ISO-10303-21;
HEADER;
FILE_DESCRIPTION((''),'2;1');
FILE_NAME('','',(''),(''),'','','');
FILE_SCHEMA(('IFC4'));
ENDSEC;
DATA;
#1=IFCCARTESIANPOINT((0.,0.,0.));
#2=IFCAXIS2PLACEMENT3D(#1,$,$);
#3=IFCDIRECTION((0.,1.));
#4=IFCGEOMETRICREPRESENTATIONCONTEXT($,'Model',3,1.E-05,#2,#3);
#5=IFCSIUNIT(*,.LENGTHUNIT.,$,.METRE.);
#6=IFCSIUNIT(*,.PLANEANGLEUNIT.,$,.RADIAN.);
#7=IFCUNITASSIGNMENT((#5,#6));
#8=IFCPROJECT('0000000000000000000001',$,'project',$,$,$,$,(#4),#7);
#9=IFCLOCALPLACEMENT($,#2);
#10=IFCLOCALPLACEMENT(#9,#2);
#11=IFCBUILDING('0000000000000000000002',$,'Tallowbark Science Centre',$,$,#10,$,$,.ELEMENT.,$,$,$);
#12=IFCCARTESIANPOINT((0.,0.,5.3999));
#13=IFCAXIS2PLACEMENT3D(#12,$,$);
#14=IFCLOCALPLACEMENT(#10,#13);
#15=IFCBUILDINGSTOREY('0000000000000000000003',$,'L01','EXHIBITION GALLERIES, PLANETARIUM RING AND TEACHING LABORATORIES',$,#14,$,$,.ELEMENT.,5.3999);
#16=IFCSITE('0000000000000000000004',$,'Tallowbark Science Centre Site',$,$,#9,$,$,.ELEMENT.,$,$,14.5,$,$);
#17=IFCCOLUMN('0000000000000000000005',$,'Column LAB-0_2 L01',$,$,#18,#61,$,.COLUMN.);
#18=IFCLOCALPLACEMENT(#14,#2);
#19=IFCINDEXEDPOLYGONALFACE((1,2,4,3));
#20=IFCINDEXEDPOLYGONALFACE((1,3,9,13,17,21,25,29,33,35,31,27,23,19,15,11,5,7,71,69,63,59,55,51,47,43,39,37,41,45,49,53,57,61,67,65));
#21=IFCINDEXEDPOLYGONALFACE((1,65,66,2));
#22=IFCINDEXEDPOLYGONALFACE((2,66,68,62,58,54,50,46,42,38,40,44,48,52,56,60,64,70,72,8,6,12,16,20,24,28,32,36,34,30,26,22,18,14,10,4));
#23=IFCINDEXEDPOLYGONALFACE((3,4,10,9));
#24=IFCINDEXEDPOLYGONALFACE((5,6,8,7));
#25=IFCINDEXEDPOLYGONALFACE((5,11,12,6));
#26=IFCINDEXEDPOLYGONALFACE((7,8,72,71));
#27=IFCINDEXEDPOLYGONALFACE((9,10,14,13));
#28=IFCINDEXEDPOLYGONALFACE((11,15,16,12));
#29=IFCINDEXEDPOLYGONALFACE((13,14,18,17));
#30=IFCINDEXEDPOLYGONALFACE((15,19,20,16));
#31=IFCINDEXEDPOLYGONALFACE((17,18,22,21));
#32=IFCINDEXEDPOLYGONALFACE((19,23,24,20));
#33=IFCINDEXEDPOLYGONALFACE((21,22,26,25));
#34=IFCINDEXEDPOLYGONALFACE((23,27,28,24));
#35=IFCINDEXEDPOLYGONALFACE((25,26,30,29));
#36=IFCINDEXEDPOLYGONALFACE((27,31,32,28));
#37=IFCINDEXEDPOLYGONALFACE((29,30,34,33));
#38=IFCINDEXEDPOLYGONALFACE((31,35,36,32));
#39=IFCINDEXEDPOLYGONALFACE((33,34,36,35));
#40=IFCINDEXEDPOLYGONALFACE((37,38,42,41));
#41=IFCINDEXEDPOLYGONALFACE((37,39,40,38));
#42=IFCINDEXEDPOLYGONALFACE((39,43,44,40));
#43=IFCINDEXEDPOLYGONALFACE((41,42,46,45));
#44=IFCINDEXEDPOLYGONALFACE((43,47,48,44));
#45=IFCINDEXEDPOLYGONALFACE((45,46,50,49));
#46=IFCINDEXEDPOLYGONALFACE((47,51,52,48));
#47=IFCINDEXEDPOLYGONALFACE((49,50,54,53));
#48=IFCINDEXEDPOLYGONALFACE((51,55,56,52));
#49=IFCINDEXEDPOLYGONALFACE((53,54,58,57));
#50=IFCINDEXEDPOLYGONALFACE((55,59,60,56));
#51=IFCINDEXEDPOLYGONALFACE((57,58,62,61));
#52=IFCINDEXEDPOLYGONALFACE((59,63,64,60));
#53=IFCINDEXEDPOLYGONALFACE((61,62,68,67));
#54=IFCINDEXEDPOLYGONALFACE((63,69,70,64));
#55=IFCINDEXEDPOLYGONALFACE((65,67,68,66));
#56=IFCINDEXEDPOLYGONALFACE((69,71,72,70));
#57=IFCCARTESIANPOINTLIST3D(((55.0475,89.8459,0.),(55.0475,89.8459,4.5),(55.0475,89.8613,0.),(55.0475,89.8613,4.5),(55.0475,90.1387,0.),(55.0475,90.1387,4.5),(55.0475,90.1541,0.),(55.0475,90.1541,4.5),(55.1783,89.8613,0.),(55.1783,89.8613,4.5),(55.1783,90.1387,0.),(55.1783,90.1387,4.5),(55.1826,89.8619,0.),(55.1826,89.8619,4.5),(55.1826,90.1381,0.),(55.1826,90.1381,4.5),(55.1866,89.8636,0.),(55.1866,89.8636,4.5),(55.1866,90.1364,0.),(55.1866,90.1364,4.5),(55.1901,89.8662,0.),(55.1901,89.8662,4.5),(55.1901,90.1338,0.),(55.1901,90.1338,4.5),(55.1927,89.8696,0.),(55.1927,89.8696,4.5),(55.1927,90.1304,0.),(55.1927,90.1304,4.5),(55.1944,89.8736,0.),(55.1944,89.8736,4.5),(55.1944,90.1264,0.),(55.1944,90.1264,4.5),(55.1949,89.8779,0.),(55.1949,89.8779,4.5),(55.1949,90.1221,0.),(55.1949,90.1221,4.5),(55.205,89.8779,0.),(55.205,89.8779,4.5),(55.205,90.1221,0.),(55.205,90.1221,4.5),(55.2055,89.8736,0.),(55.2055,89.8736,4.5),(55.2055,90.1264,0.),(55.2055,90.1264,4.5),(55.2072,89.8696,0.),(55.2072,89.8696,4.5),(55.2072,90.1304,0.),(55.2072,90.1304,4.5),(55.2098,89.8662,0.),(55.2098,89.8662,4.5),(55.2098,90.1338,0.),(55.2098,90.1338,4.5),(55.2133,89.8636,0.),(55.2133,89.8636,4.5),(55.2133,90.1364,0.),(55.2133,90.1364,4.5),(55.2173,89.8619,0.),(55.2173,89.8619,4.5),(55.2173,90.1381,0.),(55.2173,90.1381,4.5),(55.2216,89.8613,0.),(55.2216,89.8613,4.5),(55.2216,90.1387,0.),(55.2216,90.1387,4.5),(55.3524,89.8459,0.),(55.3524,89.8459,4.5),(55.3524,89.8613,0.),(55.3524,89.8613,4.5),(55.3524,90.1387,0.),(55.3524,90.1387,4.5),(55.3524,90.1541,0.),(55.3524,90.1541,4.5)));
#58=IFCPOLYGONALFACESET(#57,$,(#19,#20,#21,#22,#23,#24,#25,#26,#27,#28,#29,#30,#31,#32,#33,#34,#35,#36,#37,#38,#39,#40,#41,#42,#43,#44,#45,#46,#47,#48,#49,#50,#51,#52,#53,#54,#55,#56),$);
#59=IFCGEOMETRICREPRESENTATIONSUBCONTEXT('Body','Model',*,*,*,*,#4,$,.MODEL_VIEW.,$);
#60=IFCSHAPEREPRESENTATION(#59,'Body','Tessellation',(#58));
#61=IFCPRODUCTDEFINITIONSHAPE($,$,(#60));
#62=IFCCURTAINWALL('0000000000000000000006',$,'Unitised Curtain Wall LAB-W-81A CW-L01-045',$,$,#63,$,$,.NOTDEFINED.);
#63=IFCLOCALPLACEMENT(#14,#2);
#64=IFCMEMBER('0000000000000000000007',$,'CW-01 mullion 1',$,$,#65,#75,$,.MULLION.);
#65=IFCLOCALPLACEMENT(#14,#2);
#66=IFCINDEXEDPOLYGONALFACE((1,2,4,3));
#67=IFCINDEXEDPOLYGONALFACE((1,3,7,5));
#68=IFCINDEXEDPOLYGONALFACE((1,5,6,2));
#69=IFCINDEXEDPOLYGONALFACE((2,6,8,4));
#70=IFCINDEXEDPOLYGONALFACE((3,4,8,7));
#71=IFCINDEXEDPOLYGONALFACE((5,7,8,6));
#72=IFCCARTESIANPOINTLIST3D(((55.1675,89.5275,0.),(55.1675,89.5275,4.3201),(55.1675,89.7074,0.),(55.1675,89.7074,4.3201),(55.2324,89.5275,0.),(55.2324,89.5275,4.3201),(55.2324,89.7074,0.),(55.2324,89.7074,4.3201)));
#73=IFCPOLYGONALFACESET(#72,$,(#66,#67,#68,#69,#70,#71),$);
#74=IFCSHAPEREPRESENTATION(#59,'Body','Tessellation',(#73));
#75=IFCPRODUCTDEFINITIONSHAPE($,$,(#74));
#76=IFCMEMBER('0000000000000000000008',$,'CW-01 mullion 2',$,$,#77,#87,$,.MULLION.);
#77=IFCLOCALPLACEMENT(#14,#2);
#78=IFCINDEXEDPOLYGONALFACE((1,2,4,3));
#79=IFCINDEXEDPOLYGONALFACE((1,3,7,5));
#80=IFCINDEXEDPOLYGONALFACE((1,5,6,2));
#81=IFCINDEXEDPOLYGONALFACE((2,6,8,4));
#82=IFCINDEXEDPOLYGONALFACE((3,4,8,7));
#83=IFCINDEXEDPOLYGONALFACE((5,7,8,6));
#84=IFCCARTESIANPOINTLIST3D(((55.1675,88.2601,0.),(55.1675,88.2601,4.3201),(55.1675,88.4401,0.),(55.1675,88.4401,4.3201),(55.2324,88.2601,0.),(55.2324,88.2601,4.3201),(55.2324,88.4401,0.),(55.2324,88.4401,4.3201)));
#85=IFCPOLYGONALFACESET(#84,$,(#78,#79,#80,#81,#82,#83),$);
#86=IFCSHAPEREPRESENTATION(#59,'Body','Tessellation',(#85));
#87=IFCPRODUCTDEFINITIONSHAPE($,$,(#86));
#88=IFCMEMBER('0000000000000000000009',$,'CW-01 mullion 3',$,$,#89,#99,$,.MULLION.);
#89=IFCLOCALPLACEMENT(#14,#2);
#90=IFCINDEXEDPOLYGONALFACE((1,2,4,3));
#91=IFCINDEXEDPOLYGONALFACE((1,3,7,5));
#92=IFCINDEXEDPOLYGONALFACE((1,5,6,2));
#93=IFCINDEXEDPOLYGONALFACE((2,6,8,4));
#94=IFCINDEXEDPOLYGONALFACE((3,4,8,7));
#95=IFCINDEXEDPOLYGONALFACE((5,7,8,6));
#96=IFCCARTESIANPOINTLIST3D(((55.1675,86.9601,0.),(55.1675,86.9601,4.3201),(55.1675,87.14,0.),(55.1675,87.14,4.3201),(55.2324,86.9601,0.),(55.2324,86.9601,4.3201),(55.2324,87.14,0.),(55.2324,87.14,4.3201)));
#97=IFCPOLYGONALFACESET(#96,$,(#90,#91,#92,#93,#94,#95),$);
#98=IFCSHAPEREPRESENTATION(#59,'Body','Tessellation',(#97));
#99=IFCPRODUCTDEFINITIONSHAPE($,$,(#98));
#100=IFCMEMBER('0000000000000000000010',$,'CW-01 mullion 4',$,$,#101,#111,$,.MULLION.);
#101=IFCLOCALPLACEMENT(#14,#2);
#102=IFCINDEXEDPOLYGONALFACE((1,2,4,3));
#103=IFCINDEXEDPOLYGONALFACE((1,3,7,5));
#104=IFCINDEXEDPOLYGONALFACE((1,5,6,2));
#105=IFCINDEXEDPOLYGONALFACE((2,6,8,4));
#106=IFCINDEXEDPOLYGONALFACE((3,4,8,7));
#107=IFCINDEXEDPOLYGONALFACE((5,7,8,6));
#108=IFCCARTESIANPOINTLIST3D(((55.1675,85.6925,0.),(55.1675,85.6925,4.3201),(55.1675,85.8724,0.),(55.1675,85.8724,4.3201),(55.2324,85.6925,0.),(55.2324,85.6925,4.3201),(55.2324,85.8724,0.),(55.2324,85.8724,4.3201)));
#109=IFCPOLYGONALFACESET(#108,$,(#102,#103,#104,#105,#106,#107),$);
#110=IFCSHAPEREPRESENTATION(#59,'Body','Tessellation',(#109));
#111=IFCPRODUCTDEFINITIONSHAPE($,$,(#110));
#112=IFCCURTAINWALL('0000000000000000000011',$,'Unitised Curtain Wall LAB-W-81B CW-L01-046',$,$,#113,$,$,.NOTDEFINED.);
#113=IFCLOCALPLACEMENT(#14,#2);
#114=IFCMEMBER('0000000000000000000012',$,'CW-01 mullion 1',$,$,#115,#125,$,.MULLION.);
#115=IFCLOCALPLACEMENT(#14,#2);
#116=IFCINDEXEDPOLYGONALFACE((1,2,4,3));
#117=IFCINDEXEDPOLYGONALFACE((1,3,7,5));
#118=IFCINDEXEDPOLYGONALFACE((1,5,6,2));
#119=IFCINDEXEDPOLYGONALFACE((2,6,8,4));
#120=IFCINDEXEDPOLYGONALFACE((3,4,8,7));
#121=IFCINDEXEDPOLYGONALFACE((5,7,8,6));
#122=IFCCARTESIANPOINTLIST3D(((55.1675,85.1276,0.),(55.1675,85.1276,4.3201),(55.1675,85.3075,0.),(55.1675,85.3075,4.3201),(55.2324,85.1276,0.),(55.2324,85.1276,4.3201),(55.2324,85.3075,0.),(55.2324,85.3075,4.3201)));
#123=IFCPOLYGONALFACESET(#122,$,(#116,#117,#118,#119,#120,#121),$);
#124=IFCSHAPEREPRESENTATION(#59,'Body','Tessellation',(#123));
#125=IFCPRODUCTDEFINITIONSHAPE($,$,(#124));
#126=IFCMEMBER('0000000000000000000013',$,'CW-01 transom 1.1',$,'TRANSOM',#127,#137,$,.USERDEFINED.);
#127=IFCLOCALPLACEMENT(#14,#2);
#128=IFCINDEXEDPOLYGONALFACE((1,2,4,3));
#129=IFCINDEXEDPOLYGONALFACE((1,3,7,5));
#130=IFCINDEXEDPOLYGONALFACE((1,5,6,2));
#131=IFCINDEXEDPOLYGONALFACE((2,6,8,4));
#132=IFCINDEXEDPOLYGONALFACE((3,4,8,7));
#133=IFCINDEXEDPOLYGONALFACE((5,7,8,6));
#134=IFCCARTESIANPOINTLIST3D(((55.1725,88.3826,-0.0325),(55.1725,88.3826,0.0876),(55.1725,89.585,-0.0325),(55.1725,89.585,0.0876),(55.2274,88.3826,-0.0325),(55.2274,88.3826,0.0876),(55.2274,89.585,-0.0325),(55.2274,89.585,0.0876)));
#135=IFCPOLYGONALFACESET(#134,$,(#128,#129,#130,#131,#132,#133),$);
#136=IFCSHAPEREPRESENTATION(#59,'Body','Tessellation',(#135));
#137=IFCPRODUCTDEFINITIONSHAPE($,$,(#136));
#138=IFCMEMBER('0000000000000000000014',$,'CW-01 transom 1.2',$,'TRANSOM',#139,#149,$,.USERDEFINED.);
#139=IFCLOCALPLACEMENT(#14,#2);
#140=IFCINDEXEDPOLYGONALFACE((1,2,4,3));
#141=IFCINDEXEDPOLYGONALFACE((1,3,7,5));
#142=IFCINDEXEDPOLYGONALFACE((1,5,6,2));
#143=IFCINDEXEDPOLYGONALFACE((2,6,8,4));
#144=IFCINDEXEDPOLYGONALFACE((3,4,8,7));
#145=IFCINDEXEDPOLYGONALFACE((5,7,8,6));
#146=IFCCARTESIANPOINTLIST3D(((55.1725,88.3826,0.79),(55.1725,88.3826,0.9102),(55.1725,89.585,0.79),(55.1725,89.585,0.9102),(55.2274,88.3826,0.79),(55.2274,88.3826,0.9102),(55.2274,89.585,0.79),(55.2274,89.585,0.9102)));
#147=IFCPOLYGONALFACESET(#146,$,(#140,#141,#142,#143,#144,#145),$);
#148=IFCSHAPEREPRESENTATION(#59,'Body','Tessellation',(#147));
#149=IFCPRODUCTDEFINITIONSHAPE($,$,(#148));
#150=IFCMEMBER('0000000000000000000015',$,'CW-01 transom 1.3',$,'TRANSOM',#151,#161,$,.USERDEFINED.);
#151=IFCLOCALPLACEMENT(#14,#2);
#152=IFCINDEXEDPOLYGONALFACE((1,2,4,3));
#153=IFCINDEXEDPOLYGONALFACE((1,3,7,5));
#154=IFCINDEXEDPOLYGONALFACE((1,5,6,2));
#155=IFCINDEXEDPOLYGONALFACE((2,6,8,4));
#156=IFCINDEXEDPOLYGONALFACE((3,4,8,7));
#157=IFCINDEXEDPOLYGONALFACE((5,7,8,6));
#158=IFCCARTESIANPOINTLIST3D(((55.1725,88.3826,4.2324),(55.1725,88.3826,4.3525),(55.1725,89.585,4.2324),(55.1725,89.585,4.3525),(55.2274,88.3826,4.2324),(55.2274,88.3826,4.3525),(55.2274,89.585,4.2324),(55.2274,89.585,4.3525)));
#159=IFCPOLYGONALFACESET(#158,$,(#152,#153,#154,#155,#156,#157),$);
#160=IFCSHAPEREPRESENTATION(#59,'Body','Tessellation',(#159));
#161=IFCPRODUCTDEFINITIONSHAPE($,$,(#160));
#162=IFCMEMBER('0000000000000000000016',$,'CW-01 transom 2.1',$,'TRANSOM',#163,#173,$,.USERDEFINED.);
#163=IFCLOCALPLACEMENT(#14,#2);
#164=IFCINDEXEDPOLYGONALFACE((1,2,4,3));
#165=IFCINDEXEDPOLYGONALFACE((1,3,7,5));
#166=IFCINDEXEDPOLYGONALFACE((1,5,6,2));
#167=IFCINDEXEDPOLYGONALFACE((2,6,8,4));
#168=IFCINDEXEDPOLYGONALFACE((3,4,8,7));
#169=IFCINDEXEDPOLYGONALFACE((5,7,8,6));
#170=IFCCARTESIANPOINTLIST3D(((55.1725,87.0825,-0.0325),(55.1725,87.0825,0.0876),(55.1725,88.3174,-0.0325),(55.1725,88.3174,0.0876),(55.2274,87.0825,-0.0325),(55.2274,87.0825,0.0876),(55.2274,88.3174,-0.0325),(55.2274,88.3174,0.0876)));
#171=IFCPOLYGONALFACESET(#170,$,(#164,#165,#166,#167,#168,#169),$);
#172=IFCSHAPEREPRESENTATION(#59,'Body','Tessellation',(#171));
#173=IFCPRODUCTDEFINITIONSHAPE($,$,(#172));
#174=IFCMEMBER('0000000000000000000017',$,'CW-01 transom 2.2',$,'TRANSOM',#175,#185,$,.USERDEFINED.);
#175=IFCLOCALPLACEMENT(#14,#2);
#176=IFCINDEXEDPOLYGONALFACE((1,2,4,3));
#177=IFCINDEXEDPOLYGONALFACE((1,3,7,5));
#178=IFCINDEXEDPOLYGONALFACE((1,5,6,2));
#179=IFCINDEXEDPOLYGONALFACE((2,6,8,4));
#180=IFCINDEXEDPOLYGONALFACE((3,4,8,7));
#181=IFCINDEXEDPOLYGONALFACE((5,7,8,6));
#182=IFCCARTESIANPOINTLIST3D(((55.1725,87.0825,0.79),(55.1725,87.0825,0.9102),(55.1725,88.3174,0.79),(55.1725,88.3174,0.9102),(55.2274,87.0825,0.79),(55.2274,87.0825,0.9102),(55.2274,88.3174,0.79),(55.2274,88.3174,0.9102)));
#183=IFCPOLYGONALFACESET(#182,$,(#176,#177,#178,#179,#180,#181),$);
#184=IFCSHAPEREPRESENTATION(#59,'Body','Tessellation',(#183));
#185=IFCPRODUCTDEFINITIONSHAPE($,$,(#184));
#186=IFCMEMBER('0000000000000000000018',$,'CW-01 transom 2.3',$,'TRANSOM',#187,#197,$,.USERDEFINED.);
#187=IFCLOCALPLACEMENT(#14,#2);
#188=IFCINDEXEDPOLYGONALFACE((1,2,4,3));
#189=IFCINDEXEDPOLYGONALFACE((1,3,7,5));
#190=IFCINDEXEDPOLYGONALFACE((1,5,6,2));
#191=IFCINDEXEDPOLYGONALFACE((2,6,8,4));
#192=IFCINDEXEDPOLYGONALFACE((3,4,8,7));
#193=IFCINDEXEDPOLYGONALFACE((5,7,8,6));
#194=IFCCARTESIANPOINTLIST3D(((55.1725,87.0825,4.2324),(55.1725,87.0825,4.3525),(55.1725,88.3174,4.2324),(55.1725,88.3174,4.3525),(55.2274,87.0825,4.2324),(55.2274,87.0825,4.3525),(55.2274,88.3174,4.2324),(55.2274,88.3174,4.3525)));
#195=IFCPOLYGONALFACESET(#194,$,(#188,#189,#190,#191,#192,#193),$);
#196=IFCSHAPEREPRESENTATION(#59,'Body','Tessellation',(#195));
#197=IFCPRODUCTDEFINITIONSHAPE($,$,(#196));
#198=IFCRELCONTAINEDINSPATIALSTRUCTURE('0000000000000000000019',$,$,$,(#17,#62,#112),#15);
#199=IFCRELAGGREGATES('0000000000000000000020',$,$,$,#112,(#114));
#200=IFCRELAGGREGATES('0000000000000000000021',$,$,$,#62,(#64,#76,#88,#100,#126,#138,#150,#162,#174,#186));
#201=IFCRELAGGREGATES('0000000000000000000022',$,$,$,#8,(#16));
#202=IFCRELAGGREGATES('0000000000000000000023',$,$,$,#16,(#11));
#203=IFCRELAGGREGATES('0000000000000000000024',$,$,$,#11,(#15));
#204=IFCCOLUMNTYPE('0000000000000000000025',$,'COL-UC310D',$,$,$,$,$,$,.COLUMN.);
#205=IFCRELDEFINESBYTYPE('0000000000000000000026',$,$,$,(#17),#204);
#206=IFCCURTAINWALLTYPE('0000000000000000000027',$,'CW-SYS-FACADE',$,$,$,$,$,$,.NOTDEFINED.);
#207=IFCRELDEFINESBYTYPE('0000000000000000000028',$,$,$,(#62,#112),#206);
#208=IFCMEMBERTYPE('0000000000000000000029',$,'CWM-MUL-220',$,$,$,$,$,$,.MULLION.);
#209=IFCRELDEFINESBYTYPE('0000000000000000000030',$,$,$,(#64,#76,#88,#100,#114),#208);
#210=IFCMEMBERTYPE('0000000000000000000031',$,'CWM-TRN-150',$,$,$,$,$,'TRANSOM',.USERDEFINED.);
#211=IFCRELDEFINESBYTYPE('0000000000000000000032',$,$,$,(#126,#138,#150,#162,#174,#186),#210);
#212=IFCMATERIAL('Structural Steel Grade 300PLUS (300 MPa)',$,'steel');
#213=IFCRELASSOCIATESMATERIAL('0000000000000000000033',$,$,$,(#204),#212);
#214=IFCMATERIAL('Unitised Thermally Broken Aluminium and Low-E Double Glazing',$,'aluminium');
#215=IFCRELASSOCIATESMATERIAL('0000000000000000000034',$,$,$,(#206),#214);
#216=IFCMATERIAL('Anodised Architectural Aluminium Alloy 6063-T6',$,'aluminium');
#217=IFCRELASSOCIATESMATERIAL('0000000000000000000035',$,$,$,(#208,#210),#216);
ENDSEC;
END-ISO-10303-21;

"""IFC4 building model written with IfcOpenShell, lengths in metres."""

from ifc_helpers import new_model, si_unit, direction, frame, origin, origin_2d, place, context, subcontext, project, spatial, rectangle, i_section, extrude, material, material_profile, profile_set, type_object, element, aggregate, save


model = new_model("IFC4")

# Units and contexts
model_context = context("Model", 3, precision=1e-05, world=origin(), true_north=direction((0.0, 1.0)))
body_context = subcontext(model_context, "Body", "Model", "MODEL_VIEW")
ifc_project = project(units=[si_unit("LENGTHUNIT", "METRE"), si_unit("PLANEANGLEUNIT", "RADIAN")], contexts=[model_context])

# Site, building, storey
site_placement = place(None, origin())
site = spatial("IfcSite", under=ifc_project, at=site_placement, Name="Tallowbark Science Centre Site", CompositionType="ELEMENT", RefElevation=14.5)
building_placement = place(site_placement, origin())
building = spatial("IfcBuilding", under=site, at=building_placement, Name="Tallowbark Science Centre", CompositionType="ELEMENT")
storey_placement = place(building_placement, frame((0.0, 0.0, 5.3999)))
storey = spatial("IfcBuildingStorey", under=building, at=storey_placement, Name="L01", Description="EXHIBITION GALLERIES, PLANETARIUM RING AND TEACHING LABORATORIES", CompositionType="ELEMENT", Elevation=5.3999)

# Column
ifc_material_1 = material(Name="Structural Steel Grade 300PLUS (300 MPa)", Category="steel")
ifc_material_profile_1 = material_profile(ifc_material_1, i_section(OverallWidth=0.3049, OverallDepth=0.3081, WebThickness=0.01, FlangeThickness=0.0154, FilletRadius=0.0166, at=origin_2d()), Name="310UC96.8")
ifc_profile_set_1 = profile_set([ifc_material_profile_1], Name="Structural Steel Grade 300PLUS (300 MPa)")
column_type = type_object("IfcColumnType", Name="COL-UC310D", PredefinedType="COLUMN", material=ifc_profile_set_1)
column_placement = place(storey_placement, frame((55.2, 90.0, 0.0), z_axis=(0.0, 0.0, 1.0), x_axis=(1.0, 0.0, 0.0)))
element("IfcColumn", 1, at=column_placement, inside=storey, type_object=column_type, Name="Column LAB-0_2 L01", PredefinedType="COLUMN", context=body_context, shape_type="SweptSolid", body=[
    extrude(i_section(OverallWidth=0.3049, OverallDepth=0.3081, WebThickness=0.01, FlangeThickness=0.0154, FilletRadius=0.0166, at=origin_2d()), origin(), (0.0, 0.0, 1.0), 4.5),
])

# Curtain wall, members
ifc_material_2 = material(Name="Unitised Thermally Broken Aluminium and Low-E Double Glazing", Category="aluminium")
curtain_wall_type = type_object("IfcCurtainWallType", Name="CW-SYS-FACADE", PredefinedType="NOTDEFINED", material=ifc_material_2)
curtain_wall_1_placement = place(storey_placement, origin())
curtain_wall_1 = element("IfcCurtainWall", 2, at=curtain_wall_1_placement, inside=storey, type_object=curtain_wall_type, Name="Unitised Curtain Wall LAB-W-81A CW-L01-045", PredefinedType="NOTDEFINED")
ifc_material_3 = material(Name="Anodised Architectural Aluminium Alloy 6063-T6", Category="aluminium")
ifc_material_profile_2 = material_profile(ifc_material_3, rectangle(XDim=0.0649, YDim=0.1799, at=origin_2d()), Name="ALU65x180")
ifc_profile_set_2 = profile_set([ifc_material_profile_2], Name="Anodised Architectural Aluminium Alloy 6063-T6")
member_type_1 = type_object("IfcMemberType", Name="CWM-MUL-220", PredefinedType="MULLION", material=ifc_profile_set_2)
member_1_placement = place(storey_placement, frame((55.2, 89.6174, 0.0), z_axis=(0.0, 0.0, 1.0), x_axis=(1.0, 0.0, 0.0)))
member_1 = element("IfcMember", 3, at=member_1_placement, type_object=member_type_1, Name="CW-01 mullion 1", PredefinedType="MULLION", context=body_context, shape_type="SweptSolid", body=[
    extrude(rectangle(XDim=0.0649, YDim=0.1799, at=origin_2d()), origin(), (0.0, 0.0, 1.0), 4.3201),
])
member_2_placement = place(storey_placement, frame((55.2, 88.3501, 0.0), z_axis=(0.0, 0.0, 1.0), x_axis=(1.0, 0.0, 0.0)))
member_2 = element("IfcMember", 4, at=member_2_placement, type_object=member_type_1, Name="CW-01 mullion 2", PredefinedType="MULLION", context=body_context, shape_type="SweptSolid", body=[
    extrude(rectangle(XDim=0.0649, YDim=0.1799, at=origin_2d()), origin(), (0.0, 0.0, 1.0), 4.3201),
])
member_3_placement = place(storey_placement, frame((55.2, 87.05, 0.0), z_axis=(0.0, 0.0, 1.0), x_axis=(1.0, 0.0, 0.0)))
member_3 = element("IfcMember", 5, at=member_3_placement, type_object=member_type_1, Name="CW-01 mullion 3", PredefinedType="MULLION", context=body_context, shape_type="SweptSolid", body=[
    extrude(rectangle(XDim=0.0649, YDim=0.1799, at=origin_2d()), origin(), (0.0, 0.0, 1.0), 4.3201),
])
member_4_placement = place(storey_placement, frame((55.2, 85.7825, 0.0), z_axis=(0.0, 0.0, 1.0), x_axis=(1.0, 0.0, 0.0)))
member_4 = element("IfcMember", 6, at=member_4_placement, type_object=member_type_1, Name="CW-01 mullion 4", PredefinedType="MULLION", context=body_context, shape_type="SweptSolid", body=[
    extrude(rectangle(XDim=0.0649, YDim=0.1799, at=origin_2d()), origin(), (0.0, 0.0, 1.0), 4.3201),
])

# Curtain wall, member
curtain_wall_2_placement = place(storey_placement, origin())
curtain_wall_2 = element("IfcCurtainWall", 7, at=curtain_wall_2_placement, inside=storey, type_object=curtain_wall_type, Name="Unitised Curtain Wall LAB-W-81B CW-L01-046", PredefinedType="NOTDEFINED")
member_5_placement = place(storey_placement, frame((55.2, 85.2175, 0.0), z_axis=(0.0, 0.0, 1.0), x_axis=(1.0, 0.0, 0.0)))
member_5 = element("IfcMember", 8, at=member_5_placement, type_object=member_type_1, Name="CW-01 mullion 1", PredefinedType="MULLION", context=body_context, shape_type="SweptSolid", body=[
    extrude(rectangle(XDim=0.0649, YDim=0.1799, at=origin_2d()), origin(), (0.0, 0.0, 1.0), 4.3201),
])

# Members
ifc_material_profile_3 = material_profile(ifc_material_3, rectangle(XDim=0.0549, YDim=0.1201, at=origin_2d()), Name="ALU55x120")
ifc_profile_set_3 = profile_set([ifc_material_profile_3], Name="Anodised Architectural Aluminium Alloy 6063-T6")
member_type_2 = type_object("IfcMemberType", Name="CWM-TRN-150", ElementType="TRANSOM", PredefinedType="USERDEFINED", material=ifc_profile_set_3)
member_6_placement = place(storey_placement, frame((55.2, 89.585, 0.0276), z_axis=(0.0, -1.0, 0.0), x_axis=(1.0, 0.0, 0.0)))
member_6 = element("IfcMember", 9, at=member_6_placement, type_object=member_type_2, Name="CW-01 transom 1.1", ObjectType="TRANSOM", PredefinedType="USERDEFINED", context=body_context, shape_type="SweptSolid", body=[
    extrude(rectangle(XDim=0.0549, YDim=0.1201, at=origin_2d()), origin(), (0.0, 0.0, 1.0), 1.2024),
])
member_7_placement = place(storey_placement, frame((55.2, 89.585, 0.8501), z_axis=(0.0, -1.0, 0.0), x_axis=(1.0, 0.0, 0.0)))
member_7 = element("IfcMember", 10, at=member_7_placement, type_object=member_type_2, Name="CW-01 transom 1.2", ObjectType="TRANSOM", PredefinedType="USERDEFINED", context=body_context, shape_type="SweptSolid", body=[
    extrude(rectangle(XDim=0.0549, YDim=0.1201, at=origin_2d()), origin(), (0.0, 0.0, 1.0), 1.2024),
])
member_8_placement = place(storey_placement, frame((55.2, 89.585, 4.2925), z_axis=(0.0, -1.0, 0.0), x_axis=(1.0, 0.0, 0.0)))
member_8 = element("IfcMember", 11, at=member_8_placement, type_object=member_type_2, Name="CW-01 transom 1.3", ObjectType="TRANSOM", PredefinedType="USERDEFINED", context=body_context, shape_type="SweptSolid", body=[
    extrude(rectangle(XDim=0.0549, YDim=0.1201, at=origin_2d()), origin(), (0.0, 0.0, 1.0), 1.2024),
])
member_9_placement = place(storey_placement, frame((55.2, 88.3174, 0.0276), z_axis=(0.0, -1.0, 0.0), x_axis=(1.0, 0.0, 0.0)))
member_9 = element("IfcMember", 12, at=member_9_placement, type_object=member_type_2, Name="CW-01 transom 2.1", ObjectType="TRANSOM", PredefinedType="USERDEFINED", context=body_context, shape_type="SweptSolid", body=[
    extrude(rectangle(XDim=0.0549, YDim=0.1201, at=origin_2d()), origin(), (0.0, 0.0, 1.0), 1.2349),
])
member_10_placement = place(storey_placement, frame((55.2, 88.3174, 0.8501), z_axis=(0.0, -1.0, 0.0), x_axis=(1.0, 0.0, 0.0)))
member_10 = element("IfcMember", 13, at=member_10_placement, type_object=member_type_2, Name="CW-01 transom 2.2", ObjectType="TRANSOM", PredefinedType="USERDEFINED", context=body_context, shape_type="SweptSolid", body=[
    extrude(rectangle(XDim=0.0549, YDim=0.1201, at=origin_2d()), origin(), (0.0, 0.0, 1.0), 1.2349),
])
member_11_placement = place(storey_placement, frame((55.2, 88.3174, 4.2925), z_axis=(0.0, -1.0, 0.0), x_axis=(1.0, 0.0, 0.0)))
member_11 = element("IfcMember", 14, at=member_11_placement, type_object=member_type_2, Name="CW-01 transom 2.3", ObjectType="TRANSOM", PredefinedType="USERDEFINED", context=body_context, shape_type="SweptSolid", body=[
    extrude(rectangle(XDim=0.0549, YDim=0.1201, at=origin_2d()), origin(), (0.0, 0.0, 1.0), 1.2349),
])

aggregate(curtain_wall_2, [member_5])
aggregate(curtain_wall_1, [member_1, member_2, member_3, member_4, member_6, member_7, member_8, member_9, member_10, member_11])

save(model, "model.ifc")
